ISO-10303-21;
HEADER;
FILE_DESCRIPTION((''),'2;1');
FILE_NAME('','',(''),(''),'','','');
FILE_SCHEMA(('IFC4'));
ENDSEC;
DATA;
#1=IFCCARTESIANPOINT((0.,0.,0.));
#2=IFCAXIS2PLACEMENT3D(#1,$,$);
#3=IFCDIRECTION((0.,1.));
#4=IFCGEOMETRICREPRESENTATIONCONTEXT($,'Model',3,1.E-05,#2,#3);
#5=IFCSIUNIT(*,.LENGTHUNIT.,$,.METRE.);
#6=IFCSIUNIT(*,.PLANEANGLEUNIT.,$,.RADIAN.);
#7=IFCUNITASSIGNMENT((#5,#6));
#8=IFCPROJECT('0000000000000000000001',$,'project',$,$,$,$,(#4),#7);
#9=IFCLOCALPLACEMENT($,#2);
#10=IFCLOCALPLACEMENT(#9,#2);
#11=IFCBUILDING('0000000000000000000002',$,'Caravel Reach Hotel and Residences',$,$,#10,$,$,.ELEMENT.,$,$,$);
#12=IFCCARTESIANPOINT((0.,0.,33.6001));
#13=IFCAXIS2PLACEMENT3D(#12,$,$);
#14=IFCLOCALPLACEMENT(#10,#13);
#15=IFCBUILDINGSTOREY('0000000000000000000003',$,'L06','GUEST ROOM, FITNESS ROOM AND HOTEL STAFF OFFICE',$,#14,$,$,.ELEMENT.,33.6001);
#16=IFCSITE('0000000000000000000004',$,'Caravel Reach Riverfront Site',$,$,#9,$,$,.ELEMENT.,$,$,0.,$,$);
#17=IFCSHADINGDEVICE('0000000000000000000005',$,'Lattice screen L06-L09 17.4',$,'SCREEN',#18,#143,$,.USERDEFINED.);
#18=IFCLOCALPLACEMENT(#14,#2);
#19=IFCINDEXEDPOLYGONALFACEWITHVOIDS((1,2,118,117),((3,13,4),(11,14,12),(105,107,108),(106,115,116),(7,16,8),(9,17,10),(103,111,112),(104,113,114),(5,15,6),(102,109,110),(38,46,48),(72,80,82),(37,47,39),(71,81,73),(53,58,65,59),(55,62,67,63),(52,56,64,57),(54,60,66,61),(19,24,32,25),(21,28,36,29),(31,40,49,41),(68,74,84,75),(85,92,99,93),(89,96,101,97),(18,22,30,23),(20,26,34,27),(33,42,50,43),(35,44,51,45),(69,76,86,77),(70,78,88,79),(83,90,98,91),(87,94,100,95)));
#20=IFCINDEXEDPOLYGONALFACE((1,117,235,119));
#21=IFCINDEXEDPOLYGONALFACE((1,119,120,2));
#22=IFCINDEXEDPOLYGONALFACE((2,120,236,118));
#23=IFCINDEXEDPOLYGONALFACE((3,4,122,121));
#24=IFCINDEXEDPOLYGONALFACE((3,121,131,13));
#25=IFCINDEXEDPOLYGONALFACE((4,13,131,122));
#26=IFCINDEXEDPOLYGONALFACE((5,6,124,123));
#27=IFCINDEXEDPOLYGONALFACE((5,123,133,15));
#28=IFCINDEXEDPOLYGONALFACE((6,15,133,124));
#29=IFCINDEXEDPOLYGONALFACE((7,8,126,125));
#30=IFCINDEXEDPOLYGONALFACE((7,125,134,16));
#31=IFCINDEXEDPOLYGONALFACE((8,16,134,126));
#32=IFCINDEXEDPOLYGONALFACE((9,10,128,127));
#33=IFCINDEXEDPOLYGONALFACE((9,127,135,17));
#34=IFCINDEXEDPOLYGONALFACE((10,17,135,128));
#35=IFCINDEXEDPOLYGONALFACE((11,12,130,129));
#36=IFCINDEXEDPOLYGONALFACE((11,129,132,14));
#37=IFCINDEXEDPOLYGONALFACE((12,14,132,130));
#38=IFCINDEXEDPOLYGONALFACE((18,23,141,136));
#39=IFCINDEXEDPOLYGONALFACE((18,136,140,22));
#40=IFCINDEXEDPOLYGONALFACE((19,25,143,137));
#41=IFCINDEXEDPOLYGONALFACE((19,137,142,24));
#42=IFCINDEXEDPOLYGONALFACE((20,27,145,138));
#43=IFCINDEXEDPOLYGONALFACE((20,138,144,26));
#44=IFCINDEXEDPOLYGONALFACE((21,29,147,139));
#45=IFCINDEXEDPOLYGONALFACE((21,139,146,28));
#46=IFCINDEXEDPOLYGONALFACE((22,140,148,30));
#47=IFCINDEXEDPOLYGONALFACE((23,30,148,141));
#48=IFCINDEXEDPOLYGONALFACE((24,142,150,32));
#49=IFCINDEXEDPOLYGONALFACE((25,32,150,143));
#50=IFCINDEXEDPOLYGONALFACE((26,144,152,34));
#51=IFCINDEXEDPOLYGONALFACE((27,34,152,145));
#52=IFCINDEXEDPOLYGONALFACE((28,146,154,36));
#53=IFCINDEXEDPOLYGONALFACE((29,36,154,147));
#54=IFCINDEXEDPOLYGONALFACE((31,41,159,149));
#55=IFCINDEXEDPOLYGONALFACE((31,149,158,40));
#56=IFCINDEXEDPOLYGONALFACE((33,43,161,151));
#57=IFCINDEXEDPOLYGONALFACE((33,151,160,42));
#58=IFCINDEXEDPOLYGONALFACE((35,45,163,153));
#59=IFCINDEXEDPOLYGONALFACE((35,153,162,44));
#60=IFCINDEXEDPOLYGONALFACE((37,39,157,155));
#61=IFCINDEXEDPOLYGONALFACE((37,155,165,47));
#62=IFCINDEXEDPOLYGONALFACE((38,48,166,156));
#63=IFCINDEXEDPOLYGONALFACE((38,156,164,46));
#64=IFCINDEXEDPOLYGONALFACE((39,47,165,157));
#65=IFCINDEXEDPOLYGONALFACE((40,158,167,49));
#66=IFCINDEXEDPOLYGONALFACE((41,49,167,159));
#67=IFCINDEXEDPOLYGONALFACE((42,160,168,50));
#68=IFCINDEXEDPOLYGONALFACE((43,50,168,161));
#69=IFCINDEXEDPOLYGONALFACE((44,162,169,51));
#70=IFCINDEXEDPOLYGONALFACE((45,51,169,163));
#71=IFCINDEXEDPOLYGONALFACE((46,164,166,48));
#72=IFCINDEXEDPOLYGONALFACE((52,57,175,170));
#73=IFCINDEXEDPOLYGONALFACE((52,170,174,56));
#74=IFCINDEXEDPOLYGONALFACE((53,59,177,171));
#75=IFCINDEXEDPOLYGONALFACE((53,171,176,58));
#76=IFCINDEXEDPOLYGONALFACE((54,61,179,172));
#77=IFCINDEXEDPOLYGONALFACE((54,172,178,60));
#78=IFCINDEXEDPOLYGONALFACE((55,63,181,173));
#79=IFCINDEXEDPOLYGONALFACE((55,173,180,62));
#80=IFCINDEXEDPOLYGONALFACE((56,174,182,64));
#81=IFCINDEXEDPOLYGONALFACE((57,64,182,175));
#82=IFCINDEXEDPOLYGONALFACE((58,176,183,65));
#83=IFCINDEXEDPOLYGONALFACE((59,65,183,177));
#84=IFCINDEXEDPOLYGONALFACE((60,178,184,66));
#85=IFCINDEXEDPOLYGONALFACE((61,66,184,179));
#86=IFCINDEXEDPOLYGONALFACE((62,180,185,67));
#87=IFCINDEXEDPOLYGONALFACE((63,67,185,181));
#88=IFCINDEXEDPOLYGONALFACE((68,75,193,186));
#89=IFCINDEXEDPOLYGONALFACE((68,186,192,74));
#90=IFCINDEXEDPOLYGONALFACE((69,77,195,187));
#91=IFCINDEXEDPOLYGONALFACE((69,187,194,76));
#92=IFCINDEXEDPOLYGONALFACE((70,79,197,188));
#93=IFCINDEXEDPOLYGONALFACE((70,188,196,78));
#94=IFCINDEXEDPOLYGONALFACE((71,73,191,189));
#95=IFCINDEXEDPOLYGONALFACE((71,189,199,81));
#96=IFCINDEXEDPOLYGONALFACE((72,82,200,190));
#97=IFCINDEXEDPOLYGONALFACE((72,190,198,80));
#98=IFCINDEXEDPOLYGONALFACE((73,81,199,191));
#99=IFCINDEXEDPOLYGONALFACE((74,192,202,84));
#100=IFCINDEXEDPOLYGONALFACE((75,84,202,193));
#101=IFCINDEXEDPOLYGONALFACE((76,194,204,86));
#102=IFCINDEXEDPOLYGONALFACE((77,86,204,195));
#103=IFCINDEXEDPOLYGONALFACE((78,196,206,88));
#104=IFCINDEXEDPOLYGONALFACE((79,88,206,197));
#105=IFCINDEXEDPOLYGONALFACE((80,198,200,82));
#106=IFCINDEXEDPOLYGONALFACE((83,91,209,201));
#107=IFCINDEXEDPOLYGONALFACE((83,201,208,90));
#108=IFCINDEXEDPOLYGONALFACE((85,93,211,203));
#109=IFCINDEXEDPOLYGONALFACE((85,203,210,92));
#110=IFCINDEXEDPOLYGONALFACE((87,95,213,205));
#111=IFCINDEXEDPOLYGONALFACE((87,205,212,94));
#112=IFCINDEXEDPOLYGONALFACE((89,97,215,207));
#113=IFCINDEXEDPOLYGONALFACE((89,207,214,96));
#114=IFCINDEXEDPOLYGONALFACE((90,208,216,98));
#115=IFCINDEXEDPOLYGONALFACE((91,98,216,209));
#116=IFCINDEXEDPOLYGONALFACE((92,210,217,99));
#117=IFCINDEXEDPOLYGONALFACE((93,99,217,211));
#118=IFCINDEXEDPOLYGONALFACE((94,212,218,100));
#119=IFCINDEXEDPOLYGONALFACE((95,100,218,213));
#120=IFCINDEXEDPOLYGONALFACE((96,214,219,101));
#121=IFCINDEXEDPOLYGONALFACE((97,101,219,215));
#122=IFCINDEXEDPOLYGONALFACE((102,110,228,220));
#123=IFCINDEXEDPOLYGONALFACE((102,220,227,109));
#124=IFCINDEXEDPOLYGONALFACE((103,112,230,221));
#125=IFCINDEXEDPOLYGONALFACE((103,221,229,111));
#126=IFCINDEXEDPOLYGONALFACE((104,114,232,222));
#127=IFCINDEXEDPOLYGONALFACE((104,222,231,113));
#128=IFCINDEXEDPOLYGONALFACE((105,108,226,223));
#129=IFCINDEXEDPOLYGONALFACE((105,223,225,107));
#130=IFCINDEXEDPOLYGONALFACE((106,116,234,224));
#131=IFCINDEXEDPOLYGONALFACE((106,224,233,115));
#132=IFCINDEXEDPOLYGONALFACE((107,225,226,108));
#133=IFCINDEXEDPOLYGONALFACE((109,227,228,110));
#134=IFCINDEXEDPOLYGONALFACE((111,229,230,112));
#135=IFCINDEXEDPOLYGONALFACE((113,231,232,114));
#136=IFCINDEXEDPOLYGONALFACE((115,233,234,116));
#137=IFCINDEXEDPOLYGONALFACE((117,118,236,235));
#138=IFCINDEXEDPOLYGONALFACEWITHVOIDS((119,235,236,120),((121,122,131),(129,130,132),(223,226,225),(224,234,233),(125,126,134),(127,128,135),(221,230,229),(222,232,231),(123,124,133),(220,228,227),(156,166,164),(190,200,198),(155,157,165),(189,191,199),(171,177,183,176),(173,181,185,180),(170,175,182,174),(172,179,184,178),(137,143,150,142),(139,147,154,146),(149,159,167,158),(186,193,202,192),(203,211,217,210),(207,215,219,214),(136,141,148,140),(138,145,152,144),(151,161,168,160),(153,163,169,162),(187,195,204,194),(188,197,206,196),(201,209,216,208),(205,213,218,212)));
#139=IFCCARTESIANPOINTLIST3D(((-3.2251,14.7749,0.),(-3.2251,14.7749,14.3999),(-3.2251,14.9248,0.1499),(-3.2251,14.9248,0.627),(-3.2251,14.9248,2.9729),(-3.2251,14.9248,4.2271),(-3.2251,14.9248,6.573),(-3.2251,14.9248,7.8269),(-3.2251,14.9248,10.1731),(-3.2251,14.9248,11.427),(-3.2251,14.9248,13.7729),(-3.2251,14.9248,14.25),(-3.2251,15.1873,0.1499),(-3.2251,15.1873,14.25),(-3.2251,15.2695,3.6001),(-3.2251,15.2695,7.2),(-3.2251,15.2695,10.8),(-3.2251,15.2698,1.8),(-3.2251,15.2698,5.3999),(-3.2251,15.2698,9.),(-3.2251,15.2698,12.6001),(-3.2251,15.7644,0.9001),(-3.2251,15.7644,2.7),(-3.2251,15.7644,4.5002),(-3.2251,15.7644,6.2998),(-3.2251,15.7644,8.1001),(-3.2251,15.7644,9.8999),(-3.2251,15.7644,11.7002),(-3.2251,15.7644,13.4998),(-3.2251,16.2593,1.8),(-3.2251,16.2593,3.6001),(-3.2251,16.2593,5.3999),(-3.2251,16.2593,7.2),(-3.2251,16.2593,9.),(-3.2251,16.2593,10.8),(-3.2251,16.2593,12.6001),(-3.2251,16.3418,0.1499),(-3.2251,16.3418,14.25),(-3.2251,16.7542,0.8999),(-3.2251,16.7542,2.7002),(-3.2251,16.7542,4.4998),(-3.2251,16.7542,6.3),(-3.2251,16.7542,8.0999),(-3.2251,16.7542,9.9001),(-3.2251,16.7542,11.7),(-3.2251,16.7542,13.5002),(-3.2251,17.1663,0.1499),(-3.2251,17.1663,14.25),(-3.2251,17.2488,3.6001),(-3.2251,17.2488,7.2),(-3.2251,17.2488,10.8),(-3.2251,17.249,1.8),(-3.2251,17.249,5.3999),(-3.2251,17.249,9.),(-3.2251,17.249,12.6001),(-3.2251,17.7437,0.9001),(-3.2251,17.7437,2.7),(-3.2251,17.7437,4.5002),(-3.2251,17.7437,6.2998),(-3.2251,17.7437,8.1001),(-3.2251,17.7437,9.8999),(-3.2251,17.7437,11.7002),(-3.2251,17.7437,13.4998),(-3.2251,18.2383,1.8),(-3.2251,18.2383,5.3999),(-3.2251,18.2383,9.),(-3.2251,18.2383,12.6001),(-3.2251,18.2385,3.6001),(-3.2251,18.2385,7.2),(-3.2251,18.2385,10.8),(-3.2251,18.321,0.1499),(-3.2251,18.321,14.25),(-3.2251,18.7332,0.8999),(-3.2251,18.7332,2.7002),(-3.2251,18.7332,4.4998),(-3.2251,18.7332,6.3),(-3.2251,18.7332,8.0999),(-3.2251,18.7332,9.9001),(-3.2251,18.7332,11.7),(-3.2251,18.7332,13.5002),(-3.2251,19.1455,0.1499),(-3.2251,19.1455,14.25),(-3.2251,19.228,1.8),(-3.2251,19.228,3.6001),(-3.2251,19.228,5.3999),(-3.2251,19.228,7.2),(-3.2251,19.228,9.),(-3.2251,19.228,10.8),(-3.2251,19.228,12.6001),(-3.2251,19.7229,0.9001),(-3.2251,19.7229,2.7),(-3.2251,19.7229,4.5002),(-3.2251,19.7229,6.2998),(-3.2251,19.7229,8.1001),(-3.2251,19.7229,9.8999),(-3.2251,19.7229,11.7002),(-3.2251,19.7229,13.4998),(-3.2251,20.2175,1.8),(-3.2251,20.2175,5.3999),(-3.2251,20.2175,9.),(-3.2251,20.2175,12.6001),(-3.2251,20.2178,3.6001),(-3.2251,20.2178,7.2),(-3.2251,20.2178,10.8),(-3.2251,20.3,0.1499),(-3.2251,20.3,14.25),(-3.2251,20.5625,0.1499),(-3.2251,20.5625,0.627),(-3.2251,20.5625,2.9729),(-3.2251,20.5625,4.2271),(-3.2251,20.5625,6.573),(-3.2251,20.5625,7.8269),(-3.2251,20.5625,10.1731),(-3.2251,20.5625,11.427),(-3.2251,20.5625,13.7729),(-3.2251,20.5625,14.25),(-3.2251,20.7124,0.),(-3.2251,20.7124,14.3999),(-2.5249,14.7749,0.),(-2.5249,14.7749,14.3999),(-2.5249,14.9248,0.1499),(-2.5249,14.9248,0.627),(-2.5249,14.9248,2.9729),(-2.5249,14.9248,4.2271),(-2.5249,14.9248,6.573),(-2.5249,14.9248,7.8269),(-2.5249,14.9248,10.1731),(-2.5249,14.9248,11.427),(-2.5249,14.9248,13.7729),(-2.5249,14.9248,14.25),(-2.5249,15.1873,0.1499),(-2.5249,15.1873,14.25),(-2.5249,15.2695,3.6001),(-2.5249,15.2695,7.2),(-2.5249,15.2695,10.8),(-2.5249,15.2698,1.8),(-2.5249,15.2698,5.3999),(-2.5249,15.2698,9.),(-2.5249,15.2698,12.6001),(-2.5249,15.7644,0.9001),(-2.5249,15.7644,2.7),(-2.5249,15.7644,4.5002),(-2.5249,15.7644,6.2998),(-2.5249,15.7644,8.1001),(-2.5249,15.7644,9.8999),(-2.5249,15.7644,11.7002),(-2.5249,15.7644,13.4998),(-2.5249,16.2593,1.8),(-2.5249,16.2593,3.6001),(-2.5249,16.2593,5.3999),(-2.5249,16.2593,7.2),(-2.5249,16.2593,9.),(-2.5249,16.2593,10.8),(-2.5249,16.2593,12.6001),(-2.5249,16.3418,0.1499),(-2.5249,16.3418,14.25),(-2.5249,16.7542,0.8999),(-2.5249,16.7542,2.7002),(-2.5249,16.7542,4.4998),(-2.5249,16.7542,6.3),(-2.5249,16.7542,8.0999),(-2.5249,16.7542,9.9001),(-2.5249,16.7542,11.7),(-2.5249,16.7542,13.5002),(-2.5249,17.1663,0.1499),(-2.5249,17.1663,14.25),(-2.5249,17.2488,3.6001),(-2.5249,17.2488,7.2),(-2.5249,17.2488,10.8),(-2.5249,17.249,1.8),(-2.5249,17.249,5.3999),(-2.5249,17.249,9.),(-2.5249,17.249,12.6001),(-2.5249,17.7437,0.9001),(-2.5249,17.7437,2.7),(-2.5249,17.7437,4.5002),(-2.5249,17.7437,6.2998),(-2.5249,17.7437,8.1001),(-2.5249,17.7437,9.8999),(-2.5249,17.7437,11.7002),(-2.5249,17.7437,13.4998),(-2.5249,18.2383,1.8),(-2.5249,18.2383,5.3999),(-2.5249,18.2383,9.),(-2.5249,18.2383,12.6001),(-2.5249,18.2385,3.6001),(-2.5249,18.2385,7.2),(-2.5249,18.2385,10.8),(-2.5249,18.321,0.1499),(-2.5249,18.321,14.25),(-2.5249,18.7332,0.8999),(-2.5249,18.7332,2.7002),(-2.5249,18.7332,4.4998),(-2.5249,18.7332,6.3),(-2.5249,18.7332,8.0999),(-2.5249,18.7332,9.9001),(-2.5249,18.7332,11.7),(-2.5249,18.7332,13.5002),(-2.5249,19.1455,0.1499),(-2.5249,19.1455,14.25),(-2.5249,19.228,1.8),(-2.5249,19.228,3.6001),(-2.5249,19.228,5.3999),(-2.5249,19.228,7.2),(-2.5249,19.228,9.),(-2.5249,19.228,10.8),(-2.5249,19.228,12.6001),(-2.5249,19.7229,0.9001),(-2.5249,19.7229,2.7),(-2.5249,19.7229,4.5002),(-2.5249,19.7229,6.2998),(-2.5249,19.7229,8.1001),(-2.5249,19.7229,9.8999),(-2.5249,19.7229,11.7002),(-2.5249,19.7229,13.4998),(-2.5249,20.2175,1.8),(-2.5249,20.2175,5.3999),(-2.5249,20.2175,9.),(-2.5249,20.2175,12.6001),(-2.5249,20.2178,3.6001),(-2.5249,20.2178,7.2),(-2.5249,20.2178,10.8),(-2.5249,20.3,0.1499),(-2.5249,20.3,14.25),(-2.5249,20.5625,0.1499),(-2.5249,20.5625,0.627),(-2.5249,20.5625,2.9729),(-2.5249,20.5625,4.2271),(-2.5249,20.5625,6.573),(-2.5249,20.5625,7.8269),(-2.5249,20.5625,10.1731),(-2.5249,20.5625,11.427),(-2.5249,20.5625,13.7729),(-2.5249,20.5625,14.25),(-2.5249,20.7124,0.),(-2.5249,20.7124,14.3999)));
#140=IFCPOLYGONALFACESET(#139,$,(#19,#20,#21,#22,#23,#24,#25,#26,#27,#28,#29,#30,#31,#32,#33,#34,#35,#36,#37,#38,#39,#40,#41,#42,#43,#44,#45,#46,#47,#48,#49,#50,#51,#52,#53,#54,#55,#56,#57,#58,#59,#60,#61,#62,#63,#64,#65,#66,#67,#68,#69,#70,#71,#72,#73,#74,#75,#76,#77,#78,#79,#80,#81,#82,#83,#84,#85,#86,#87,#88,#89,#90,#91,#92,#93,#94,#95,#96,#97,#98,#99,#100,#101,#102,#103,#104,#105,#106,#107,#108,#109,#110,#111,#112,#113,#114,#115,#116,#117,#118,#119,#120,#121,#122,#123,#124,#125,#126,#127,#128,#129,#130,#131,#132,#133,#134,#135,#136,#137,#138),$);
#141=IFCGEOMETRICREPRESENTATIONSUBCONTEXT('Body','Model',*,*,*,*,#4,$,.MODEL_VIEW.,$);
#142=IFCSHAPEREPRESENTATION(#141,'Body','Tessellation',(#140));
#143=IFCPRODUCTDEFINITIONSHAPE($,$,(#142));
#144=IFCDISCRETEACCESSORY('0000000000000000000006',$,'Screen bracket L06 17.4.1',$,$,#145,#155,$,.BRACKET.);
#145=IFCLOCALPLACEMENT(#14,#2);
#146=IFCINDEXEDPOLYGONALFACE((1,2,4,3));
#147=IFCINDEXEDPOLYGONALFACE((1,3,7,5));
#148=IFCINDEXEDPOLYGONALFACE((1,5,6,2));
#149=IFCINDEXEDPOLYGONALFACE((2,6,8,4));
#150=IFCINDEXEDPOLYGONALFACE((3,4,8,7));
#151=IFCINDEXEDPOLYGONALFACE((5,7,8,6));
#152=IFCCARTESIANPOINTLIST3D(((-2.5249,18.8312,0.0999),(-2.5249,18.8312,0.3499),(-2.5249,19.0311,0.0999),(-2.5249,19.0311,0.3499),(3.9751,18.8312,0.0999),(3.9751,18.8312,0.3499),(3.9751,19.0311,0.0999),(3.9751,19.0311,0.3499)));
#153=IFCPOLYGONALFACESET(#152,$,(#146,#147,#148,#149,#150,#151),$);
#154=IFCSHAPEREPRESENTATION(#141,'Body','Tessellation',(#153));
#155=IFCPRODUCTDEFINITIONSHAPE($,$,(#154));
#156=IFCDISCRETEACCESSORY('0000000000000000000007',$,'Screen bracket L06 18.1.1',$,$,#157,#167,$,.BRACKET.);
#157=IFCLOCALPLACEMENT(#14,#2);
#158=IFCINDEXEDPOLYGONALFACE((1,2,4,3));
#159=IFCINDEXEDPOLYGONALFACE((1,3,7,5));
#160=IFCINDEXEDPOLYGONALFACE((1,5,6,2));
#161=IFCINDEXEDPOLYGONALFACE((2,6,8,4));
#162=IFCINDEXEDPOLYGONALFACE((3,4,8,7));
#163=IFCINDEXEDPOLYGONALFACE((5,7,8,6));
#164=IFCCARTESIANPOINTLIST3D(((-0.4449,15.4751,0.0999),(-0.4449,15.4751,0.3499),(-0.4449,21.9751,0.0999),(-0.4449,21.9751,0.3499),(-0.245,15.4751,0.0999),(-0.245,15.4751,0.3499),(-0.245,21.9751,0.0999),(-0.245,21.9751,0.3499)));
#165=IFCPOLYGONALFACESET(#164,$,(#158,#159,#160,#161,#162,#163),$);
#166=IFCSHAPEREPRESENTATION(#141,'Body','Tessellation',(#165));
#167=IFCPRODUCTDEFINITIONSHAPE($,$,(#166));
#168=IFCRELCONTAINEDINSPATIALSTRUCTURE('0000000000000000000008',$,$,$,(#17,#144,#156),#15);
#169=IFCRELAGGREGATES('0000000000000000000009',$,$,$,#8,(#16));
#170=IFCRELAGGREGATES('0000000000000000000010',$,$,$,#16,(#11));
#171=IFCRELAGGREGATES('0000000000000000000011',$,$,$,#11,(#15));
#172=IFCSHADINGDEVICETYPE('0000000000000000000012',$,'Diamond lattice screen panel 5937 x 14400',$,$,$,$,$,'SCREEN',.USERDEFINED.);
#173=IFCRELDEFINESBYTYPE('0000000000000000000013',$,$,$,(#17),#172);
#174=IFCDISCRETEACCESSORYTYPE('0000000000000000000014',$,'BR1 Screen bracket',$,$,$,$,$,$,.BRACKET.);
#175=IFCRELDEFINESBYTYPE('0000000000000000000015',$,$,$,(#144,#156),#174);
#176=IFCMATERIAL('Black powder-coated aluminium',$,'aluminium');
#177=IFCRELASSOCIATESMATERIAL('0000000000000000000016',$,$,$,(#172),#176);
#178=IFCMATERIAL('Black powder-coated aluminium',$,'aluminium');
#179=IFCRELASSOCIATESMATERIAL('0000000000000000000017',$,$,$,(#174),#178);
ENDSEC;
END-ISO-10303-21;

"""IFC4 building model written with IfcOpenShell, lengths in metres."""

from ifc_helpers import new_model, si_unit, direction, frame, origin, origin_2d, place, context, subcontext, project, spatial, polyline, rectangle, outline, extrude, material, type_object, element, save


model = new_model("IFC4")

# Units and contexts
model_context = context("Model", 3, precision=1e-05, world=origin(), true_north=direction((0.0, 1.0)))
body_context = subcontext(model_context, "Body", "Model", "MODEL_VIEW")
ifc_project = project(units=[si_unit("LENGTHUNIT", "METRE"), si_unit("PLANEANGLEUNIT", "RADIAN")], contexts=[model_context])

# Site, building, storey
site_placement = place(None, origin())
site = spatial("IfcSite", under=ifc_project, at=site_placement, Name="Caravel Reach Riverfront Site", CompositionType="ELEMENT", RefElevation=0.0)
building_placement = place(site_placement, origin())
building = spatial("IfcBuilding", under=site, at=building_placement, Name="Caravel Reach Hotel and Residences", CompositionType="ELEMENT")
storey_placement = place(building_placement, frame((0.0, 0.0, 33.6001)))
storey = spatial("IfcBuildingStorey", under=building, at=storey_placement, Name="L06", Description="GUEST ROOM, FITNESS ROOM AND HOTEL STAFF OFFICE", CompositionType="ELEMENT", Elevation=33.6001)

# Shading device
ifc_material_1 = material(Name="Black powder-coated aluminium", Category="aluminium")
shading_device_type = type_object("IfcShadingDeviceType", Name="Diamond lattice screen panel 5937 x 14400", ElementType="SCREEN", PredefinedType="USERDEFINED", material=ifc_material_1)
shading_device_placement = place(storey_placement, frame((-2.5249, 20.7124, 0.0), z_axis=(-1.0, 0.0, 0.0), x_axis=(0.0, -1.0, 0.0)))
element("IfcShadingDevice", 1, at=shading_device_placement, inside=storey, type_object=shading_device_type, Name="Lattice screen L06-L09 17.4", ObjectType="SCREEN", PredefinedType="USERDEFINED", context=body_context, shape_type="SweptSolid", body=[
    extrude(outline(polyline([(0.0, 0.0), (5.9375, 0.0), (5.9375, 14.3999), (0.0, 14.3999), (0.0, 0.0)]), holes=[polyline([(0.4124, 0.1499), (0.1499, 0.627), (0.1499, 0.1499), (0.4124, 0.1499)]), polyline([(0.4946, 3.6001), (0.1499, 4.2271), (0.1499, 2.9729), (0.4946, 3.6001)]), polyline([(0.4946, 7.2), (0.1499, 7.8269), (0.1499, 6.573), (0.4946, 7.2)]), polyline([(0.4946, 10.8), (0.1499, 11.427), (0.1499, 10.1731), (0.4946, 10.8)]), polyline([(0.1499, 13.7729), (0.4124, 14.25), (0.1499, 14.25), (0.1499, 13.7729)]), polyline([(0.9895, 2.7), (0.4949, 1.8), (0.9895, 0.9001), (1.4844, 1.8), (0.9895, 2.7)]), polyline([(0.9895, 6.2998), (0.4949, 5.3999), (0.9895, 4.5002), (1.4844, 5.3999), (0.9895, 6.2998)]), polyline([(0.9895, 9.8999), (0.4949, 9.0), (0.9895, 8.1001), (1.4844, 9.0), (0.9895, 9.8999)]), polyline([(0.9895, 13.4998), (0.4949, 12.6001), (0.9895, 11.7002), (1.4844, 12.6001), (0.9895, 13.4998)]), polyline([(1.9792, 0.8999), (1.5669, 0.1499), (2.3914, 0.1499), (1.9792, 0.8999)]), polyline([(1.9792, 4.4998), (1.4844, 3.6001), (1.9792, 2.7002), (2.4739, 3.6001), (1.9792, 4.4998)]), polyline([(1.9792, 8.0999), (1.4844, 7.2), (1.9792, 6.3), (2.4739, 7.2), (1.9792, 8.0999)]), polyline([(1.9792, 11.7), (1.4844, 10.8), (1.9792, 9.9001), (2.4739, 10.8), (1.9792, 11.7)]), polyline([(1.9792, 13.5002), (2.3914, 14.25), (1.5669, 14.25), (1.9792, 13.5002)]), polyline([(2.9688, 2.7), (2.4741, 1.8), (2.9688, 0.9001), (3.4634, 1.8), (2.9688, 2.7)]), polyline([(2.9688, 6.2998), (2.4741, 5.3999), (2.9688, 4.5002), (3.4634, 5.3999), (2.9688, 6.2998)]), polyline([(2.9688, 9.8999), (2.4741, 9.0), (2.9688, 8.1001), (3.4634, 9.0), (2.9688, 9.8999)]), polyline([(2.9688, 13.4998), (2.4741, 12.6001), (2.9688, 11.7002), (3.4634, 12.6001), (2.9688, 13.4998)]), polyline([(3.9583, 0.8999), (3.5461, 0.1499), (4.3706, 0.1499), (3.9583, 0.8999)]), polyline([(3.9583, 4.4998), (3.4636, 3.6001), (3.9583, 2.7002), (4.4531, 3.6001), (3.9583, 4.4998)]), polyline([(3.9583, 8.0999), (3.4636, 7.2), (3.9583, 6.3), (4.4531, 7.2), (3.9583, 8.0999)]), polyline([(3.9583, 11.7), (3.4636, 10.8), (3.9583, 9.9001), (4.4531, 10.8), (3.9583, 11.7)]), polyline([(3.9583, 13.5002), (4.3706, 14.25), (3.5461, 14.25), (3.9583, 13.5002)]), polyline([(4.948, 2.7), (4.4531, 1.8), (4.948, 0.9001), (5.4426, 1.8), (4.948, 2.7)]), polyline([(4.948, 6.2998), (4.4531, 5.3999), (4.948, 4.5002), (5.4426, 5.3999), (4.948, 6.2998)]), polyline([(4.948, 9.8999), (4.4531, 9.0), (4.948, 8.1001), (5.4426, 9.0), (4.948, 9.8999)]), polyline([(4.948, 13.4998), (4.4531, 12.6001), (4.948, 11.7002), (5.4426, 12.6001), (4.948, 13.4998)]), polyline([(5.7876, 0.627), (5.5251, 0.1499), (5.7876, 0.1499), (5.7876, 0.627)]), polyline([(5.4429, 3.6001), (5.7876, 2.9729), (5.7876, 4.2271), (5.4429, 3.6001)]), polyline([(5.4429, 7.2), (5.7876, 6.573), (5.7876, 7.8269), (5.4429, 7.2)]), polyline([(5.4429, 10.8), (5.7876, 10.1731), (5.7876, 11.427), (5.4429, 10.8)]), polyline([(5.5251, 14.25), (5.7876, 13.7729), (5.7876, 14.25), (5.5251, 14.25)])]), origin(), (0.0, 0.0, 1.0), 0.7002),
])

# Discrete accessories
ifc_material_2 = material(Name="Black powder-coated aluminium", Category="aluminium")
discrete_accessory_type = type_object("IfcDiscreteAccessoryType", Name="BR1 Screen bracket", PredefinedType="BRACKET", material=ifc_material_2)
for number, where, z_axis, x_axis, name in (
    (2, (0.7251, 18.9312, 0.0999), (0.0, 0.0, 1.0), (-1.0, 0.0, 0.0), "Screen bracket L06 17.4.1"),
    (3, (-0.345, 18.7251, 0.0999), (0.0, 0.0, 1.0), (0.0, -1.0, 0.0), "Screen bracket L06 18.1.1"),
):
    element("IfcDiscreteAccessory", number, at=place(storey_placement, frame(where, z_axis=z_axis, x_axis=x_axis)), inside=storey, type_object=discrete_accessory_type, Name=name, PredefinedType="BRACKET", context=body_context, shape_type="SweptSolid", body=[
        extrude(rectangle(XDim=6.5, YDim=0.2, at=origin_2d()), origin(), (0.0, 0.0, 1.0), 0.25),
    ])

save(model, "model.ifc")
